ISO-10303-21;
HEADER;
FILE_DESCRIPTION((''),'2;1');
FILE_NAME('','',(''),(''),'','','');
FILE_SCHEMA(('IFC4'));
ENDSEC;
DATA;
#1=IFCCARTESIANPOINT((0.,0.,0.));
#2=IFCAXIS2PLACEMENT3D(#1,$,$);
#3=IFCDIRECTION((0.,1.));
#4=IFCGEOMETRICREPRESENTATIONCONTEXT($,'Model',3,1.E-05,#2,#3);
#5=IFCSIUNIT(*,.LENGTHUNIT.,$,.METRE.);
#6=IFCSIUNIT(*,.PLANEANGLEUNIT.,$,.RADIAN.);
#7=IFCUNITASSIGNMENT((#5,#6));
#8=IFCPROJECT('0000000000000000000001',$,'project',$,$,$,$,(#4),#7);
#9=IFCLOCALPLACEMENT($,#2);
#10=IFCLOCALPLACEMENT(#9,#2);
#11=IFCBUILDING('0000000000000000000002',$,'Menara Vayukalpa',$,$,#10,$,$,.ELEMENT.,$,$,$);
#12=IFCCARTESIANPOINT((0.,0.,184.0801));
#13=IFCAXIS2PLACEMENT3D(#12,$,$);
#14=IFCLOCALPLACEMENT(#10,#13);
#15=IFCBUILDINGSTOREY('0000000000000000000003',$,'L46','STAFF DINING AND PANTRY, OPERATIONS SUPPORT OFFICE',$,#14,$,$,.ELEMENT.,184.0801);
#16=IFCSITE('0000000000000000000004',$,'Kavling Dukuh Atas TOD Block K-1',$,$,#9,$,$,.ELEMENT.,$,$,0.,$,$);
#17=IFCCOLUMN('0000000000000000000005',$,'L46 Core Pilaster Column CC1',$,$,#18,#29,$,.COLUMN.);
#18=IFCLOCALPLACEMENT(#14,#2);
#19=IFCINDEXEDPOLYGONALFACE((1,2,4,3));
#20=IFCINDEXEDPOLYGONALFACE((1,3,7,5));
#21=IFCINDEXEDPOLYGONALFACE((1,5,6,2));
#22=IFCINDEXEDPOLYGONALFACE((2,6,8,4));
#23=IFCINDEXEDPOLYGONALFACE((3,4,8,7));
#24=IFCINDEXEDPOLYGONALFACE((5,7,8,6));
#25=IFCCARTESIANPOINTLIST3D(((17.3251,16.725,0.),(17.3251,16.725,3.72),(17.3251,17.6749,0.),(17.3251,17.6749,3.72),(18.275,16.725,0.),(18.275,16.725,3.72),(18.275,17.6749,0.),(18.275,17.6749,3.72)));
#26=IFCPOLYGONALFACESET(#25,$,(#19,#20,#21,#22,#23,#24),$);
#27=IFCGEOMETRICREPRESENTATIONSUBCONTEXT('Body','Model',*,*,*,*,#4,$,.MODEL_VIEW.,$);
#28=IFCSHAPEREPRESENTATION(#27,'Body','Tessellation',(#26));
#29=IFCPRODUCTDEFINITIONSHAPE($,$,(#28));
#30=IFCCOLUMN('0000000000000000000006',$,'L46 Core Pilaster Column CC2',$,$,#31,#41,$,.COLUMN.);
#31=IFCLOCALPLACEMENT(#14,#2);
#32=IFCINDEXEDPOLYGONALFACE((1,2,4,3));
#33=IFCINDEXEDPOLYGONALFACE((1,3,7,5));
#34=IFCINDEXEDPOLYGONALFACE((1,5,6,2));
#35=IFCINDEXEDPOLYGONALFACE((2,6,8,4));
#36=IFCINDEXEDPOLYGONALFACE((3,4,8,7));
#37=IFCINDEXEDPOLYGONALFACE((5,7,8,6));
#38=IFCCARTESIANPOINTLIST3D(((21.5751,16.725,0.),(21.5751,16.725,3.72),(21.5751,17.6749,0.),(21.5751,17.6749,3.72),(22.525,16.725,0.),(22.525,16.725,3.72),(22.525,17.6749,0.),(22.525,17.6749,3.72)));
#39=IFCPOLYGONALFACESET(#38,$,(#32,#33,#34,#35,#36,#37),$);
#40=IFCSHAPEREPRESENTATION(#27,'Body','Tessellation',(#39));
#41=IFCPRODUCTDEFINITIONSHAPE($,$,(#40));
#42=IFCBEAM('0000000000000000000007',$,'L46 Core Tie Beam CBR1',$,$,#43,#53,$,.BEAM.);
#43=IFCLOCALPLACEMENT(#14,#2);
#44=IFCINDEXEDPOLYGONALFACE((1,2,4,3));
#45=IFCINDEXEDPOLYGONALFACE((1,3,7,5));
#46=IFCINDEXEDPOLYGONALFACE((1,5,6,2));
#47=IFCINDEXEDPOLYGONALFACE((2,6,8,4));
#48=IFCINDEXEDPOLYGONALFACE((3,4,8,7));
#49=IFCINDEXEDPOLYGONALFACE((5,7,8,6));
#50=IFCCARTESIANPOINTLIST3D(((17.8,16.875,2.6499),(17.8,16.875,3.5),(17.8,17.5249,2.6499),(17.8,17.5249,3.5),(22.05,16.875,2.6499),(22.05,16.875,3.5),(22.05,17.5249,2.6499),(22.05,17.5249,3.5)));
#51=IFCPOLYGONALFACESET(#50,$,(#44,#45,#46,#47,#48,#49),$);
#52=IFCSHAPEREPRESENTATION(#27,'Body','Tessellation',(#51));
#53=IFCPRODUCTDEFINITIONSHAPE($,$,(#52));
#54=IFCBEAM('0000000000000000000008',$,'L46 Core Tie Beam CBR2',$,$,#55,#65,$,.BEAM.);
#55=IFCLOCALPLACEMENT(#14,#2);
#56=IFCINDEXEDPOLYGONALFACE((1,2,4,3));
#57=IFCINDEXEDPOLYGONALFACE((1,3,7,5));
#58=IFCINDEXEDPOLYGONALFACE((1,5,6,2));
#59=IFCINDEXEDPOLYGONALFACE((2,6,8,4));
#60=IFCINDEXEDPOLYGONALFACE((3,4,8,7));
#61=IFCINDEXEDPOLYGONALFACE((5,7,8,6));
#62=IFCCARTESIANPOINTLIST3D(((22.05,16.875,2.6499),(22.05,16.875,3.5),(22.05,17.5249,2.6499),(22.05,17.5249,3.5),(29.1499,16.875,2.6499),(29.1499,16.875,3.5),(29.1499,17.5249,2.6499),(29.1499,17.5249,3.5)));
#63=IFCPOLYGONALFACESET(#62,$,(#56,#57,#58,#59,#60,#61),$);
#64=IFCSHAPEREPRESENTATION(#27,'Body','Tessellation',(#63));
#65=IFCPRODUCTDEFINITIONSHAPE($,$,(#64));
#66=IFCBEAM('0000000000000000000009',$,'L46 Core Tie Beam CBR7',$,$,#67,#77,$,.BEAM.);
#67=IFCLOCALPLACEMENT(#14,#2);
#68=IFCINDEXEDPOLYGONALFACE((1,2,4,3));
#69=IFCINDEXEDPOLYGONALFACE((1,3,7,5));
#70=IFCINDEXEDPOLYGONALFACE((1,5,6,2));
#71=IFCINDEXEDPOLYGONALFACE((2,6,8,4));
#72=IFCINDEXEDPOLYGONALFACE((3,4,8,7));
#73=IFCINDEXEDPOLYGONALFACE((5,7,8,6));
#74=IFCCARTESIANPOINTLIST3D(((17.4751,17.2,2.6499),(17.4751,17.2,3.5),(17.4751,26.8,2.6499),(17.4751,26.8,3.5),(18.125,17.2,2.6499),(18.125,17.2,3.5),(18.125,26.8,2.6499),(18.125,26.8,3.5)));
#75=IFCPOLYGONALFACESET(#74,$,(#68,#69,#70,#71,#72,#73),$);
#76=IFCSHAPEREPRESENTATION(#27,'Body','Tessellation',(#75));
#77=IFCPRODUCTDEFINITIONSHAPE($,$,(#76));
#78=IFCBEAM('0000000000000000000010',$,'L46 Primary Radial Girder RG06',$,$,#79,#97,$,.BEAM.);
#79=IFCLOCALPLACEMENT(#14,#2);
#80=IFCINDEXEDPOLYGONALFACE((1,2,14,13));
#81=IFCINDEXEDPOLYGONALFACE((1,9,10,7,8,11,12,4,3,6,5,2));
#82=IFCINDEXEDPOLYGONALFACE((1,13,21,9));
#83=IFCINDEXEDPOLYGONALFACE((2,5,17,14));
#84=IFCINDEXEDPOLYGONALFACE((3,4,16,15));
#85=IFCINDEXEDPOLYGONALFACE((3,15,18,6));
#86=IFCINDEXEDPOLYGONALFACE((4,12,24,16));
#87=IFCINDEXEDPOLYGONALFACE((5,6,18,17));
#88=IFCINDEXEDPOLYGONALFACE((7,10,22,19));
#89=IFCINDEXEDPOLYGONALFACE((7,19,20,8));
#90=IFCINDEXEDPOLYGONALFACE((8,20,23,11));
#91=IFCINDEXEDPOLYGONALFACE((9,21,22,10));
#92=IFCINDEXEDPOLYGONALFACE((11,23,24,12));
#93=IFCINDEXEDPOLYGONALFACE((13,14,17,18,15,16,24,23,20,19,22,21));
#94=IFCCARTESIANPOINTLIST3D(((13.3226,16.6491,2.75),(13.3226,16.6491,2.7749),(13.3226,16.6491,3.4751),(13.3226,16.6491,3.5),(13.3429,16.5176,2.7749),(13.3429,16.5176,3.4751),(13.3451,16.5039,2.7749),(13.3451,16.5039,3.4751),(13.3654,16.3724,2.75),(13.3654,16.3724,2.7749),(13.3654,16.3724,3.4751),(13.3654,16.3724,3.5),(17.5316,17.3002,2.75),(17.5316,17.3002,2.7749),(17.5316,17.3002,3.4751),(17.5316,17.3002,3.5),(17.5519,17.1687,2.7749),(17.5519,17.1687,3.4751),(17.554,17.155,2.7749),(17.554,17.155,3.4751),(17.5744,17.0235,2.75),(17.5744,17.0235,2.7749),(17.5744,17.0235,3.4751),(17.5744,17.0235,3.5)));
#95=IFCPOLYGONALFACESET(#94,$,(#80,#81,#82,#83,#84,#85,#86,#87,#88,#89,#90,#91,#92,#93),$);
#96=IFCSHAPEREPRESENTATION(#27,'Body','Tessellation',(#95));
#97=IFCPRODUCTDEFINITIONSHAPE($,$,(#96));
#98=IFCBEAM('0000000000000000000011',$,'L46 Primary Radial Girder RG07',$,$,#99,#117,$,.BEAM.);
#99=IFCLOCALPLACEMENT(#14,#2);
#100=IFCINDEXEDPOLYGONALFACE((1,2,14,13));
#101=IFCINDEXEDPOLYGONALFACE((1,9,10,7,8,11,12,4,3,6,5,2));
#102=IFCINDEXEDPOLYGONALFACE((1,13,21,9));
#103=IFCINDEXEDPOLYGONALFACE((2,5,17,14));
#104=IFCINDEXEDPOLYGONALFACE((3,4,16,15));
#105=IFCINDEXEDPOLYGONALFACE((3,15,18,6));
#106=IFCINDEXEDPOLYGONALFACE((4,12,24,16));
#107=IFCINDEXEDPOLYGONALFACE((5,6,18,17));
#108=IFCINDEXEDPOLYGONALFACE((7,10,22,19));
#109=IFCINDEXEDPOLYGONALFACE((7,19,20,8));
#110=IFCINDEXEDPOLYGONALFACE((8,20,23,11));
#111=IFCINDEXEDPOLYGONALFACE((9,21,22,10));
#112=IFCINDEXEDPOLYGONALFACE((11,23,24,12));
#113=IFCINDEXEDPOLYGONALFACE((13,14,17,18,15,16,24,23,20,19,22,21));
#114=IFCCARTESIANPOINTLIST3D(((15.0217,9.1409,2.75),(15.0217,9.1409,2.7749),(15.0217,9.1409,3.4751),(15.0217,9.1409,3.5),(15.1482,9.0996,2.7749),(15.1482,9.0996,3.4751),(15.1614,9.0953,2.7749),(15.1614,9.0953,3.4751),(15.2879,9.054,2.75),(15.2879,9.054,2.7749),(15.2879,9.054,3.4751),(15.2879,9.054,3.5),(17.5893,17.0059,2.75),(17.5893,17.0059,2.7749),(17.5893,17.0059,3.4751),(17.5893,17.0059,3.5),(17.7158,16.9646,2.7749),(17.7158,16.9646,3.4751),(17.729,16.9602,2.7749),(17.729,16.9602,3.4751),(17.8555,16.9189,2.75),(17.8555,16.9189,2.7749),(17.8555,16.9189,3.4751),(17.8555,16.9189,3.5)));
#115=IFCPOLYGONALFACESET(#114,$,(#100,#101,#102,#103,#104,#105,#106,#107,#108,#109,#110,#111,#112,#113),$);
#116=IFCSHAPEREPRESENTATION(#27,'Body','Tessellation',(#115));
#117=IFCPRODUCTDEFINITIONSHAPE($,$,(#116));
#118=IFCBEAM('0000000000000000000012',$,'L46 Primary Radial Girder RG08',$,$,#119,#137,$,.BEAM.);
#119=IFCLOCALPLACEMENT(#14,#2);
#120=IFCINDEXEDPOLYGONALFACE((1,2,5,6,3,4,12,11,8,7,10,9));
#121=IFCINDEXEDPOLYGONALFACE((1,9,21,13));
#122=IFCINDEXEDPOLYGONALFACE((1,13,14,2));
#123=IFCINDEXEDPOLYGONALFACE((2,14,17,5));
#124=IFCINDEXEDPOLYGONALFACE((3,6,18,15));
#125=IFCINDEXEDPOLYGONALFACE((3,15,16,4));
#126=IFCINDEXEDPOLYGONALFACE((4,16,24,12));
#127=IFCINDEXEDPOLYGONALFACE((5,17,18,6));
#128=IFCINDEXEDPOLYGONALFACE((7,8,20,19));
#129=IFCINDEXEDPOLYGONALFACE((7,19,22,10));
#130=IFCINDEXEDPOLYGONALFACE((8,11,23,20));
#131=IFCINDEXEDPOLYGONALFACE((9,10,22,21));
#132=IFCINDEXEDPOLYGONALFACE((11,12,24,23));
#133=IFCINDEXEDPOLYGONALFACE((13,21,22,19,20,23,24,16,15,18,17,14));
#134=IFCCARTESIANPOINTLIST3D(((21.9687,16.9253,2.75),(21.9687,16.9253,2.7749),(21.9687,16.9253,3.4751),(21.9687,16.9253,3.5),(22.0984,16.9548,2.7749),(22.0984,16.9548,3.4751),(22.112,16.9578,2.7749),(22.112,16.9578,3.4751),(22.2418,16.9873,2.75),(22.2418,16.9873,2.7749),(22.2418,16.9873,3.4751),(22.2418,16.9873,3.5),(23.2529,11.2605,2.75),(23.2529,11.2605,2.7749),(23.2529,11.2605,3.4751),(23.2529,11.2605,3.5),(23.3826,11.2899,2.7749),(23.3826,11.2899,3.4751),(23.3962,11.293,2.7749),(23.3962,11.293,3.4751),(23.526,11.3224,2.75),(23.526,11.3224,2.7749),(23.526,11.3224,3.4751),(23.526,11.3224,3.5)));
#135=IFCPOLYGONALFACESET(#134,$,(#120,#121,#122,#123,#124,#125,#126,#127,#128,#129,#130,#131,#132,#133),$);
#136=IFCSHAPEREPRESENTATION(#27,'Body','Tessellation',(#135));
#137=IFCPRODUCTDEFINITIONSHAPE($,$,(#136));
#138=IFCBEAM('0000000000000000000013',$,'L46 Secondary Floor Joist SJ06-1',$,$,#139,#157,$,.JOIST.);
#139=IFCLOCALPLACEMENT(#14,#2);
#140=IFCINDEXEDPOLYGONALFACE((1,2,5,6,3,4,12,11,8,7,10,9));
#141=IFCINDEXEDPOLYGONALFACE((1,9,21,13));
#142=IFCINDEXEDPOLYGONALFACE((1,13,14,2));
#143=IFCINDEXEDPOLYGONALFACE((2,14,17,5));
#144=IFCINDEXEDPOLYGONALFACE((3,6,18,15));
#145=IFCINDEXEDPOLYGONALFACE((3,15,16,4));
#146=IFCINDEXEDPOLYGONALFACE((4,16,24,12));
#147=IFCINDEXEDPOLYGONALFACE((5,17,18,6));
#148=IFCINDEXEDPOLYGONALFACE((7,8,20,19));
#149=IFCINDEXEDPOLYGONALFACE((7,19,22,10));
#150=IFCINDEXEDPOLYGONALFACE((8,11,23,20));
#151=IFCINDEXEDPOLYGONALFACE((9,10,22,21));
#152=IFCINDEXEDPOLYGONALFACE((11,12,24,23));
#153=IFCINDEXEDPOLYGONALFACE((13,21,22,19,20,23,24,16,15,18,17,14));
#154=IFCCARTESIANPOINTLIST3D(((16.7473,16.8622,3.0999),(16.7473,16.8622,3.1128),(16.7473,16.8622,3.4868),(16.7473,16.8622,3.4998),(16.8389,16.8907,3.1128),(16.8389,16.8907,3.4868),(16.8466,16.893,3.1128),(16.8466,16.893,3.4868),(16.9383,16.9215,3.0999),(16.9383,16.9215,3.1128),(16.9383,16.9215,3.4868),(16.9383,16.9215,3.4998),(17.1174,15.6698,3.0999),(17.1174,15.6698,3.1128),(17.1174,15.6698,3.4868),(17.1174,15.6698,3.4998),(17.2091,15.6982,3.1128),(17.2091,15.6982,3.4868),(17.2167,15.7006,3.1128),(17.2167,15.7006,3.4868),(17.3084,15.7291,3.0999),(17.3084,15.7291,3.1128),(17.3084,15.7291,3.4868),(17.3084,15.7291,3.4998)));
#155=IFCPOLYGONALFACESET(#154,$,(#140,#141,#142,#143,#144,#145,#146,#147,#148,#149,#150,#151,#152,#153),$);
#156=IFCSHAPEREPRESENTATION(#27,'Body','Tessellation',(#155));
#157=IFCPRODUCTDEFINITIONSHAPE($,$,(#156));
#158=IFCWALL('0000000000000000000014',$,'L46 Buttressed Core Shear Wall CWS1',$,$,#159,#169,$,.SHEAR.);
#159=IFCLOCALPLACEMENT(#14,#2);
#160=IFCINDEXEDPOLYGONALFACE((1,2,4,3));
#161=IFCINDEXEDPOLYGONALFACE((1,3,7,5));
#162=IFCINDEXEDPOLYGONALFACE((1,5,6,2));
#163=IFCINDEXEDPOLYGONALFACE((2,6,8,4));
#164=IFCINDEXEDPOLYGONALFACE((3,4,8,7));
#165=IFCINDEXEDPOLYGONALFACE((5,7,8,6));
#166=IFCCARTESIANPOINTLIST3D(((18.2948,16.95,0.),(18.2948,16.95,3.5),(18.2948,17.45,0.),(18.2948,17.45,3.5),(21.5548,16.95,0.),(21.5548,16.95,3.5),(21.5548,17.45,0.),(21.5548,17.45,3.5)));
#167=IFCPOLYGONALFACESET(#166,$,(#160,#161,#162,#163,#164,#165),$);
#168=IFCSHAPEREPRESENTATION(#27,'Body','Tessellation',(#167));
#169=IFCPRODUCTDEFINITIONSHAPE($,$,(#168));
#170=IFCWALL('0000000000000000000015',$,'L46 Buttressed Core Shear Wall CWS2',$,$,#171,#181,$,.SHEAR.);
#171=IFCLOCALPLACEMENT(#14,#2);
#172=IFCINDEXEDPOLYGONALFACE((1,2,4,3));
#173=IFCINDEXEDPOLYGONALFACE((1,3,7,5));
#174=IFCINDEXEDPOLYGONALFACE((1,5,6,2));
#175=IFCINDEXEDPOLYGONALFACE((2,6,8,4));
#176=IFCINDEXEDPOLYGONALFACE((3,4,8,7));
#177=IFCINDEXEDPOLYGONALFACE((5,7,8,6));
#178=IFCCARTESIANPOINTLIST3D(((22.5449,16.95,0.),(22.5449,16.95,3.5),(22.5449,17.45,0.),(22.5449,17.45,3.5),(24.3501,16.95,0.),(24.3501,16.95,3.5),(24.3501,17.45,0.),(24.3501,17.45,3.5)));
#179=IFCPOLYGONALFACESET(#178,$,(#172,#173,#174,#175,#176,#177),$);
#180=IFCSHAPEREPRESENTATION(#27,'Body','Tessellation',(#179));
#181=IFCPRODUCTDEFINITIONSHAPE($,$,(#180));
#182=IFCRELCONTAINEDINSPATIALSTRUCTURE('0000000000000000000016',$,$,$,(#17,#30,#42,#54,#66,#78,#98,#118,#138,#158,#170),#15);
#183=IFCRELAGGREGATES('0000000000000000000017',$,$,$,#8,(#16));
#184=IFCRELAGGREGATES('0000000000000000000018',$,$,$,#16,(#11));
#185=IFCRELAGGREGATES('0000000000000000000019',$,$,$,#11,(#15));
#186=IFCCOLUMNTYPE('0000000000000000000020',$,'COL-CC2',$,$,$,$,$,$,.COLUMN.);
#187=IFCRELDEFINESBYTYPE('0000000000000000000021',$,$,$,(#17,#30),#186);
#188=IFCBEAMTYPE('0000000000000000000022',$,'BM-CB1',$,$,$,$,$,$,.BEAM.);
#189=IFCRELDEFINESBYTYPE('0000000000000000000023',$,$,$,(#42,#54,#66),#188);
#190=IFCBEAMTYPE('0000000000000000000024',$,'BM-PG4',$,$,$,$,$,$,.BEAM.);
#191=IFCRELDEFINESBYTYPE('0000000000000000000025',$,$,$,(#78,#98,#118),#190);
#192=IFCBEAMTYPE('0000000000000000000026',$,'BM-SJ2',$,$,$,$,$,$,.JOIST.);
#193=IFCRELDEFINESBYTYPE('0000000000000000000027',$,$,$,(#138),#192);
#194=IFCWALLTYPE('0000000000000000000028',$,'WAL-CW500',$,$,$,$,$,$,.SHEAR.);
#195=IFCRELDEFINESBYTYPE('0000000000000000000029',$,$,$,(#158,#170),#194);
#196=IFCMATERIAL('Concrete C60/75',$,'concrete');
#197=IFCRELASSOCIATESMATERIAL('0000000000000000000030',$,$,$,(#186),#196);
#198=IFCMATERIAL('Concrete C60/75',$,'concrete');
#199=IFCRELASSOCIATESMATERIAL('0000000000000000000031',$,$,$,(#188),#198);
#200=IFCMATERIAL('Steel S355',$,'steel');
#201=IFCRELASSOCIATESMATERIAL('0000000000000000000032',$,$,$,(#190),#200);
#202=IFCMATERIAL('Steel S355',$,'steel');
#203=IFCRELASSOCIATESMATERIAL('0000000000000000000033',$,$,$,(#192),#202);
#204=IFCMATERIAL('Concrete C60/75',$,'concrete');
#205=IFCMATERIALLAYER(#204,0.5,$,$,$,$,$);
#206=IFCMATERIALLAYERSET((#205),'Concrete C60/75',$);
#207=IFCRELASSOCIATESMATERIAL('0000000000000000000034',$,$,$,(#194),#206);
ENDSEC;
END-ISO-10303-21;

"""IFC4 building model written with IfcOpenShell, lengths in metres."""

from ifc_helpers import new_model, si_unit, direction, frame, frame_2d, origin, origin_2d, place, context, subcontext, project, spatial, rectangle, i_section, extrude, material, layer, layer_set, material_profile, profile_set, type_object, element, save


model = new_model("IFC4")

# Units and contexts
model_context = context("Model", 3, precision=1e-05, world=origin(), true_north=direction((0.0, 1.0)))
body_context = subcontext(model_context, "Body", "Model", "MODEL_VIEW")
ifc_project = project(units=[si_unit("LENGTHUNIT", "METRE"), si_unit("PLANEANGLEUNIT", "RADIAN")], contexts=[model_context])

# Site, building, storey
site_placement = place(None, origin())
site = spatial("IfcSite", under=ifc_project, at=site_placement, Name="Kavling Dukuh Atas TOD Block K-1", CompositionType="ELEMENT", RefElevation=0.0)
building_placement = place(site_placement, origin())
building = spatial("IfcBuilding", under=site, at=building_placement, Name="Menara Vayukalpa", CompositionType="ELEMENT")
storey_placement = place(building_placement, frame((0.0, 0.0, 184.0801)))
storey = spatial("IfcBuildingStorey", under=building, at=storey_placement, Name="L46", Description="STAFF DINING AND PANTRY, OPERATIONS SUPPORT OFFICE", CompositionType="ELEMENT", Elevation=184.0801)

# Columns
ifc_material_1 = material(Name="Concrete C60/75", Category="concrete")
ifc_material_profile_1 = material_profile(ifc_material_1, rectangle(XDim=0.95, YDim=0.95, at=origin_2d()), Name="RC 950x950")
ifc_profile_set_1 = profile_set([ifc_material_profile_1], Name="Concrete C60/75")
column_type = type_object("IfcColumnType", Name="COL-CC2", PredefinedType="COLUMN", material=ifc_profile_set_1)
for number, where, z_axis, x_axis, name in (
    (1, (17.8, 17.2, 0.0), (0.0, 0.0, 1.0), (1.0, 0.0, 0.0), "L46 Core Pilaster Column CC1"),
    (2, (22.05, 17.2, 0.0), (0.0, 0.0, 1.0), (1.0, 0.0, 0.0), "L46 Core Pilaster Column CC2"),
):
    element("IfcColumn", number, at=place(storey_placement, frame(where, z_axis=z_axis, x_axis=x_axis)), inside=storey, type_object=column_type, Name=name, PredefinedType="COLUMN", context=body_context, shape_type="SweptSolid", body=[
        extrude(rectangle(XDim=0.95, YDim=0.95, at=origin_2d()), origin(), (0.0, 0.0, 1.0), 3.72),
    ])

# Beams
ifc_material_2 = material(Name="Concrete C60/75", Category="concrete")
ifc_material_profile_2 = material_profile(ifc_material_2, rectangle(XDim=0.6499, YDim=0.8501, at=origin_2d()), Name="RC 650x850")
ifc_profile_set_2 = profile_set([ifc_material_profile_2], Name="Concrete C60/75")
beam_type_1 = type_object("IfcBeamType", Name="BM-CB1", PredefinedType="BEAM", material=ifc_profile_set_2)
beam_1_placement = place(storey_placement, frame((17.8, 17.2, 3.075), z_axis=(1.0, 0.0, 0.0), x_axis=(0.0, 1.0, 0.0)))
element("IfcBeam", 3, at=beam_1_placement, inside=storey, type_object=beam_type_1, Name="L46 Core Tie Beam CBR1", PredefinedType="BEAM", context=body_context, shape_type="SweptSolid", body=[
    extrude(rectangle(XDim=0.6499, YDim=0.8501, at=origin_2d()), origin(), (0.0, 0.0, 1.0), 4.25),
])
beam_2_placement = place(storey_placement, frame((22.05, 17.2, 3.075), z_axis=(1.0, 0.0, 0.0), x_axis=(0.0, 1.0, 0.0)))
element("IfcBeam", 4, at=beam_2_placement, inside=storey, type_object=beam_type_1, Name="L46 Core Tie Beam CBR2", PredefinedType="BEAM", context=body_context, shape_type="SweptSolid", body=[
    extrude(rectangle(XDim=0.6499, YDim=0.8501, at=origin_2d()), origin(), (0.0, 0.0, 1.0), 7.0999),
])
beam_3_placement = place(storey_placement, frame((17.8, 17.2, 3.075), z_axis=(0.0, 1.0, 0.0), x_axis=(-1.0, 0.0, 0.0)))
element("IfcBeam", 5, at=beam_3_placement, inside=storey, type_object=beam_type_1, Name="L46 Core Tie Beam CBR7", PredefinedType="BEAM", context=body_context, shape_type="SweptSolid", body=[
    extrude(rectangle(XDim=0.6499, YDim=0.8501, at=origin_2d()), origin(), (0.0, 0.0, 1.0), 9.6001),
])
ifc_material_3 = material(Name="Steel S355", Category="steel")
ifc_material_profile_3 = material_profile(ifc_material_3, i_section(OverallWidth=0.28, OverallDepth=0.75, WebThickness=0.0139, FlangeThickness=0.0249, at=origin_2d()), Name="WF 750x280x14x25")
ifc_profile_set_3 = profile_set([ifc_material_profile_3], Name="Steel S355")
beam_type_2 = type_object("IfcBeamType", Name="BM-PG4", PredefinedType="BEAM", material=ifc_profile_set_3)
beam_4_placement = place(storey_placement, frame((17.553, 17.1619, 3.125), z_axis=(-0.988245, -0.15288, 0.0), x_axis=(0.15288, -0.988245, 0.0)))
element("IfcBeam", 6, at=beam_4_placement, inside=storey, type_object=beam_type_2, Name="L46 Primary Radial Girder RG06", PredefinedType="BEAM", context=body_context, shape_type="SweptSolid", body=[
    extrude(i_section(OverallWidth=0.28, OverallDepth=0.75, WebThickness=0.0139, FlangeThickness=0.0249, at=origin_2d()), origin(), (0.0, 0.0, 1.0), 4.259),
])
beam_5_placement = place(storey_placement, frame((17.7224, 16.9624, 3.125), z_axis=(-0.310344, -0.950624, 0.0), x_axis=(0.950624, -0.310344, 0.0)))
element("IfcBeam", 7, at=beam_5_placement, inside=storey, type_object=beam_type_2, Name="L46 Primary Radial Girder RG07", PredefinedType="BEAM", context=body_context, shape_type="SweptSolid", body=[
    extrude(i_section(OverallWidth=0.28, OverallDepth=0.75, WebThickness=0.0139, FlangeThickness=0.0249, at=origin_2d()), origin(), (0.0, 0.0, 1.0), 8.2734),
])
beam_6_placement = place(storey_placement, frame((22.1052, 16.9563, 3.125), z_axis=(0.221085, -0.975255, 0.0), x_axis=(0.975255, 0.221085, 0.0)))
element("IfcBeam", 8, at=beam_6_placement, inside=storey, type_object=beam_type_2, Name="L46 Primary Radial Girder RG08", PredefinedType="BEAM", context=body_context, shape_type="SweptSolid", body=[
    extrude(i_section(OverallWidth=0.28, OverallDepth=0.75, WebThickness=0.0139, FlangeThickness=0.0249, at=origin_2d()), origin(), (0.0, 0.0, 1.0), 5.8086),
])
ifc_material_4 = material(Name="Steel S355", Category="steel")
ifc_material_profile_4 = material_profile(ifc_material_4, i_section(OverallWidth=0.2, OverallDepth=0.3999, WebThickness=0.0081, FlangeThickness=0.0129, at=origin_2d()), Name="WF 400x200x8x13")
ifc_profile_set_4 = profile_set([ifc_material_profile_4], Name="Steel S355")
beam_type_3 = type_object("IfcBeamType", Name="BM-SJ2", PredefinedType="JOIST", material=ifc_profile_set_4)
beam_7_placement = place(storey_placement, frame((16.8428, 16.8918, 3.2998), z_axis=(0.296448, -0.955049, 0.0), x_axis=(0.955049, 0.296448, 0.0)))
element("IfcBeam", 9, at=beam_7_placement, inside=storey, type_object=beam_type_3, Name="L46 Secondary Floor Joist SJ06-1", PredefinedType="JOIST", context=body_context, shape_type="SweptSolid", body=[
    extrude(i_section(OverallWidth=0.2, OverallDepth=0.3999, WebThickness=0.0081, FlangeThickness=0.0129, at=origin_2d()), origin(), (0.0, 0.0, 1.0), 1.2485),
])

# Walls
ifc_material_5 = material(Name="Concrete C60/75", Category="concrete")
ifc_layer_1 = layer(ifc_material_5, 0.5)
ifc_layer_set_1 = layer_set([ifc_layer_1], Name="Concrete C60/75")
wall_type_1 = type_object("IfcWallType", Name="WAL-CW500", PredefinedType="SHEAR", material=ifc_layer_set_1)
wall_1_placement = place(storey_placement, frame((18.2949, 17.2, 0.0), z_axis=(0.0, 0.0, 1.0), x_axis=(1.0, 0.0, 0.0)))
element("IfcWall", 10, at=wall_1_placement, inside=storey, type_object=wall_type_1, Name="L46 Buttressed Core Shear Wall CWS1", PredefinedType="SHEAR", context=body_context, shape_type="SweptSolid", body=[
    extrude(rectangle(XDim=3.26, YDim=0.5, at=frame_2d((1.6299, 0.0))), origin(), (0.0, 0.0, 1.0), 3.5),
])
wall_2_placement = place(storey_placement, frame((22.5449, 17.2, 0.0), z_axis=(0.0, 0.0, 1.0), x_axis=(1.0, 0.0, 0.0)))
element("IfcWall", 11, at=wall_2_placement, inside=storey, type_object=wall_type_1, Name="L46 Buttressed Core Shear Wall CWS2", PredefinedType="SHEAR", context=body_context, shape_type="SweptSolid", body=[
    extrude(rectangle(XDim=1.8052, YDim=0.5, at=frame_2d((0.9026, 0.0))), origin(), (0.0, 0.0, 1.0), 3.5),
])

save(model, "model.ifc")
